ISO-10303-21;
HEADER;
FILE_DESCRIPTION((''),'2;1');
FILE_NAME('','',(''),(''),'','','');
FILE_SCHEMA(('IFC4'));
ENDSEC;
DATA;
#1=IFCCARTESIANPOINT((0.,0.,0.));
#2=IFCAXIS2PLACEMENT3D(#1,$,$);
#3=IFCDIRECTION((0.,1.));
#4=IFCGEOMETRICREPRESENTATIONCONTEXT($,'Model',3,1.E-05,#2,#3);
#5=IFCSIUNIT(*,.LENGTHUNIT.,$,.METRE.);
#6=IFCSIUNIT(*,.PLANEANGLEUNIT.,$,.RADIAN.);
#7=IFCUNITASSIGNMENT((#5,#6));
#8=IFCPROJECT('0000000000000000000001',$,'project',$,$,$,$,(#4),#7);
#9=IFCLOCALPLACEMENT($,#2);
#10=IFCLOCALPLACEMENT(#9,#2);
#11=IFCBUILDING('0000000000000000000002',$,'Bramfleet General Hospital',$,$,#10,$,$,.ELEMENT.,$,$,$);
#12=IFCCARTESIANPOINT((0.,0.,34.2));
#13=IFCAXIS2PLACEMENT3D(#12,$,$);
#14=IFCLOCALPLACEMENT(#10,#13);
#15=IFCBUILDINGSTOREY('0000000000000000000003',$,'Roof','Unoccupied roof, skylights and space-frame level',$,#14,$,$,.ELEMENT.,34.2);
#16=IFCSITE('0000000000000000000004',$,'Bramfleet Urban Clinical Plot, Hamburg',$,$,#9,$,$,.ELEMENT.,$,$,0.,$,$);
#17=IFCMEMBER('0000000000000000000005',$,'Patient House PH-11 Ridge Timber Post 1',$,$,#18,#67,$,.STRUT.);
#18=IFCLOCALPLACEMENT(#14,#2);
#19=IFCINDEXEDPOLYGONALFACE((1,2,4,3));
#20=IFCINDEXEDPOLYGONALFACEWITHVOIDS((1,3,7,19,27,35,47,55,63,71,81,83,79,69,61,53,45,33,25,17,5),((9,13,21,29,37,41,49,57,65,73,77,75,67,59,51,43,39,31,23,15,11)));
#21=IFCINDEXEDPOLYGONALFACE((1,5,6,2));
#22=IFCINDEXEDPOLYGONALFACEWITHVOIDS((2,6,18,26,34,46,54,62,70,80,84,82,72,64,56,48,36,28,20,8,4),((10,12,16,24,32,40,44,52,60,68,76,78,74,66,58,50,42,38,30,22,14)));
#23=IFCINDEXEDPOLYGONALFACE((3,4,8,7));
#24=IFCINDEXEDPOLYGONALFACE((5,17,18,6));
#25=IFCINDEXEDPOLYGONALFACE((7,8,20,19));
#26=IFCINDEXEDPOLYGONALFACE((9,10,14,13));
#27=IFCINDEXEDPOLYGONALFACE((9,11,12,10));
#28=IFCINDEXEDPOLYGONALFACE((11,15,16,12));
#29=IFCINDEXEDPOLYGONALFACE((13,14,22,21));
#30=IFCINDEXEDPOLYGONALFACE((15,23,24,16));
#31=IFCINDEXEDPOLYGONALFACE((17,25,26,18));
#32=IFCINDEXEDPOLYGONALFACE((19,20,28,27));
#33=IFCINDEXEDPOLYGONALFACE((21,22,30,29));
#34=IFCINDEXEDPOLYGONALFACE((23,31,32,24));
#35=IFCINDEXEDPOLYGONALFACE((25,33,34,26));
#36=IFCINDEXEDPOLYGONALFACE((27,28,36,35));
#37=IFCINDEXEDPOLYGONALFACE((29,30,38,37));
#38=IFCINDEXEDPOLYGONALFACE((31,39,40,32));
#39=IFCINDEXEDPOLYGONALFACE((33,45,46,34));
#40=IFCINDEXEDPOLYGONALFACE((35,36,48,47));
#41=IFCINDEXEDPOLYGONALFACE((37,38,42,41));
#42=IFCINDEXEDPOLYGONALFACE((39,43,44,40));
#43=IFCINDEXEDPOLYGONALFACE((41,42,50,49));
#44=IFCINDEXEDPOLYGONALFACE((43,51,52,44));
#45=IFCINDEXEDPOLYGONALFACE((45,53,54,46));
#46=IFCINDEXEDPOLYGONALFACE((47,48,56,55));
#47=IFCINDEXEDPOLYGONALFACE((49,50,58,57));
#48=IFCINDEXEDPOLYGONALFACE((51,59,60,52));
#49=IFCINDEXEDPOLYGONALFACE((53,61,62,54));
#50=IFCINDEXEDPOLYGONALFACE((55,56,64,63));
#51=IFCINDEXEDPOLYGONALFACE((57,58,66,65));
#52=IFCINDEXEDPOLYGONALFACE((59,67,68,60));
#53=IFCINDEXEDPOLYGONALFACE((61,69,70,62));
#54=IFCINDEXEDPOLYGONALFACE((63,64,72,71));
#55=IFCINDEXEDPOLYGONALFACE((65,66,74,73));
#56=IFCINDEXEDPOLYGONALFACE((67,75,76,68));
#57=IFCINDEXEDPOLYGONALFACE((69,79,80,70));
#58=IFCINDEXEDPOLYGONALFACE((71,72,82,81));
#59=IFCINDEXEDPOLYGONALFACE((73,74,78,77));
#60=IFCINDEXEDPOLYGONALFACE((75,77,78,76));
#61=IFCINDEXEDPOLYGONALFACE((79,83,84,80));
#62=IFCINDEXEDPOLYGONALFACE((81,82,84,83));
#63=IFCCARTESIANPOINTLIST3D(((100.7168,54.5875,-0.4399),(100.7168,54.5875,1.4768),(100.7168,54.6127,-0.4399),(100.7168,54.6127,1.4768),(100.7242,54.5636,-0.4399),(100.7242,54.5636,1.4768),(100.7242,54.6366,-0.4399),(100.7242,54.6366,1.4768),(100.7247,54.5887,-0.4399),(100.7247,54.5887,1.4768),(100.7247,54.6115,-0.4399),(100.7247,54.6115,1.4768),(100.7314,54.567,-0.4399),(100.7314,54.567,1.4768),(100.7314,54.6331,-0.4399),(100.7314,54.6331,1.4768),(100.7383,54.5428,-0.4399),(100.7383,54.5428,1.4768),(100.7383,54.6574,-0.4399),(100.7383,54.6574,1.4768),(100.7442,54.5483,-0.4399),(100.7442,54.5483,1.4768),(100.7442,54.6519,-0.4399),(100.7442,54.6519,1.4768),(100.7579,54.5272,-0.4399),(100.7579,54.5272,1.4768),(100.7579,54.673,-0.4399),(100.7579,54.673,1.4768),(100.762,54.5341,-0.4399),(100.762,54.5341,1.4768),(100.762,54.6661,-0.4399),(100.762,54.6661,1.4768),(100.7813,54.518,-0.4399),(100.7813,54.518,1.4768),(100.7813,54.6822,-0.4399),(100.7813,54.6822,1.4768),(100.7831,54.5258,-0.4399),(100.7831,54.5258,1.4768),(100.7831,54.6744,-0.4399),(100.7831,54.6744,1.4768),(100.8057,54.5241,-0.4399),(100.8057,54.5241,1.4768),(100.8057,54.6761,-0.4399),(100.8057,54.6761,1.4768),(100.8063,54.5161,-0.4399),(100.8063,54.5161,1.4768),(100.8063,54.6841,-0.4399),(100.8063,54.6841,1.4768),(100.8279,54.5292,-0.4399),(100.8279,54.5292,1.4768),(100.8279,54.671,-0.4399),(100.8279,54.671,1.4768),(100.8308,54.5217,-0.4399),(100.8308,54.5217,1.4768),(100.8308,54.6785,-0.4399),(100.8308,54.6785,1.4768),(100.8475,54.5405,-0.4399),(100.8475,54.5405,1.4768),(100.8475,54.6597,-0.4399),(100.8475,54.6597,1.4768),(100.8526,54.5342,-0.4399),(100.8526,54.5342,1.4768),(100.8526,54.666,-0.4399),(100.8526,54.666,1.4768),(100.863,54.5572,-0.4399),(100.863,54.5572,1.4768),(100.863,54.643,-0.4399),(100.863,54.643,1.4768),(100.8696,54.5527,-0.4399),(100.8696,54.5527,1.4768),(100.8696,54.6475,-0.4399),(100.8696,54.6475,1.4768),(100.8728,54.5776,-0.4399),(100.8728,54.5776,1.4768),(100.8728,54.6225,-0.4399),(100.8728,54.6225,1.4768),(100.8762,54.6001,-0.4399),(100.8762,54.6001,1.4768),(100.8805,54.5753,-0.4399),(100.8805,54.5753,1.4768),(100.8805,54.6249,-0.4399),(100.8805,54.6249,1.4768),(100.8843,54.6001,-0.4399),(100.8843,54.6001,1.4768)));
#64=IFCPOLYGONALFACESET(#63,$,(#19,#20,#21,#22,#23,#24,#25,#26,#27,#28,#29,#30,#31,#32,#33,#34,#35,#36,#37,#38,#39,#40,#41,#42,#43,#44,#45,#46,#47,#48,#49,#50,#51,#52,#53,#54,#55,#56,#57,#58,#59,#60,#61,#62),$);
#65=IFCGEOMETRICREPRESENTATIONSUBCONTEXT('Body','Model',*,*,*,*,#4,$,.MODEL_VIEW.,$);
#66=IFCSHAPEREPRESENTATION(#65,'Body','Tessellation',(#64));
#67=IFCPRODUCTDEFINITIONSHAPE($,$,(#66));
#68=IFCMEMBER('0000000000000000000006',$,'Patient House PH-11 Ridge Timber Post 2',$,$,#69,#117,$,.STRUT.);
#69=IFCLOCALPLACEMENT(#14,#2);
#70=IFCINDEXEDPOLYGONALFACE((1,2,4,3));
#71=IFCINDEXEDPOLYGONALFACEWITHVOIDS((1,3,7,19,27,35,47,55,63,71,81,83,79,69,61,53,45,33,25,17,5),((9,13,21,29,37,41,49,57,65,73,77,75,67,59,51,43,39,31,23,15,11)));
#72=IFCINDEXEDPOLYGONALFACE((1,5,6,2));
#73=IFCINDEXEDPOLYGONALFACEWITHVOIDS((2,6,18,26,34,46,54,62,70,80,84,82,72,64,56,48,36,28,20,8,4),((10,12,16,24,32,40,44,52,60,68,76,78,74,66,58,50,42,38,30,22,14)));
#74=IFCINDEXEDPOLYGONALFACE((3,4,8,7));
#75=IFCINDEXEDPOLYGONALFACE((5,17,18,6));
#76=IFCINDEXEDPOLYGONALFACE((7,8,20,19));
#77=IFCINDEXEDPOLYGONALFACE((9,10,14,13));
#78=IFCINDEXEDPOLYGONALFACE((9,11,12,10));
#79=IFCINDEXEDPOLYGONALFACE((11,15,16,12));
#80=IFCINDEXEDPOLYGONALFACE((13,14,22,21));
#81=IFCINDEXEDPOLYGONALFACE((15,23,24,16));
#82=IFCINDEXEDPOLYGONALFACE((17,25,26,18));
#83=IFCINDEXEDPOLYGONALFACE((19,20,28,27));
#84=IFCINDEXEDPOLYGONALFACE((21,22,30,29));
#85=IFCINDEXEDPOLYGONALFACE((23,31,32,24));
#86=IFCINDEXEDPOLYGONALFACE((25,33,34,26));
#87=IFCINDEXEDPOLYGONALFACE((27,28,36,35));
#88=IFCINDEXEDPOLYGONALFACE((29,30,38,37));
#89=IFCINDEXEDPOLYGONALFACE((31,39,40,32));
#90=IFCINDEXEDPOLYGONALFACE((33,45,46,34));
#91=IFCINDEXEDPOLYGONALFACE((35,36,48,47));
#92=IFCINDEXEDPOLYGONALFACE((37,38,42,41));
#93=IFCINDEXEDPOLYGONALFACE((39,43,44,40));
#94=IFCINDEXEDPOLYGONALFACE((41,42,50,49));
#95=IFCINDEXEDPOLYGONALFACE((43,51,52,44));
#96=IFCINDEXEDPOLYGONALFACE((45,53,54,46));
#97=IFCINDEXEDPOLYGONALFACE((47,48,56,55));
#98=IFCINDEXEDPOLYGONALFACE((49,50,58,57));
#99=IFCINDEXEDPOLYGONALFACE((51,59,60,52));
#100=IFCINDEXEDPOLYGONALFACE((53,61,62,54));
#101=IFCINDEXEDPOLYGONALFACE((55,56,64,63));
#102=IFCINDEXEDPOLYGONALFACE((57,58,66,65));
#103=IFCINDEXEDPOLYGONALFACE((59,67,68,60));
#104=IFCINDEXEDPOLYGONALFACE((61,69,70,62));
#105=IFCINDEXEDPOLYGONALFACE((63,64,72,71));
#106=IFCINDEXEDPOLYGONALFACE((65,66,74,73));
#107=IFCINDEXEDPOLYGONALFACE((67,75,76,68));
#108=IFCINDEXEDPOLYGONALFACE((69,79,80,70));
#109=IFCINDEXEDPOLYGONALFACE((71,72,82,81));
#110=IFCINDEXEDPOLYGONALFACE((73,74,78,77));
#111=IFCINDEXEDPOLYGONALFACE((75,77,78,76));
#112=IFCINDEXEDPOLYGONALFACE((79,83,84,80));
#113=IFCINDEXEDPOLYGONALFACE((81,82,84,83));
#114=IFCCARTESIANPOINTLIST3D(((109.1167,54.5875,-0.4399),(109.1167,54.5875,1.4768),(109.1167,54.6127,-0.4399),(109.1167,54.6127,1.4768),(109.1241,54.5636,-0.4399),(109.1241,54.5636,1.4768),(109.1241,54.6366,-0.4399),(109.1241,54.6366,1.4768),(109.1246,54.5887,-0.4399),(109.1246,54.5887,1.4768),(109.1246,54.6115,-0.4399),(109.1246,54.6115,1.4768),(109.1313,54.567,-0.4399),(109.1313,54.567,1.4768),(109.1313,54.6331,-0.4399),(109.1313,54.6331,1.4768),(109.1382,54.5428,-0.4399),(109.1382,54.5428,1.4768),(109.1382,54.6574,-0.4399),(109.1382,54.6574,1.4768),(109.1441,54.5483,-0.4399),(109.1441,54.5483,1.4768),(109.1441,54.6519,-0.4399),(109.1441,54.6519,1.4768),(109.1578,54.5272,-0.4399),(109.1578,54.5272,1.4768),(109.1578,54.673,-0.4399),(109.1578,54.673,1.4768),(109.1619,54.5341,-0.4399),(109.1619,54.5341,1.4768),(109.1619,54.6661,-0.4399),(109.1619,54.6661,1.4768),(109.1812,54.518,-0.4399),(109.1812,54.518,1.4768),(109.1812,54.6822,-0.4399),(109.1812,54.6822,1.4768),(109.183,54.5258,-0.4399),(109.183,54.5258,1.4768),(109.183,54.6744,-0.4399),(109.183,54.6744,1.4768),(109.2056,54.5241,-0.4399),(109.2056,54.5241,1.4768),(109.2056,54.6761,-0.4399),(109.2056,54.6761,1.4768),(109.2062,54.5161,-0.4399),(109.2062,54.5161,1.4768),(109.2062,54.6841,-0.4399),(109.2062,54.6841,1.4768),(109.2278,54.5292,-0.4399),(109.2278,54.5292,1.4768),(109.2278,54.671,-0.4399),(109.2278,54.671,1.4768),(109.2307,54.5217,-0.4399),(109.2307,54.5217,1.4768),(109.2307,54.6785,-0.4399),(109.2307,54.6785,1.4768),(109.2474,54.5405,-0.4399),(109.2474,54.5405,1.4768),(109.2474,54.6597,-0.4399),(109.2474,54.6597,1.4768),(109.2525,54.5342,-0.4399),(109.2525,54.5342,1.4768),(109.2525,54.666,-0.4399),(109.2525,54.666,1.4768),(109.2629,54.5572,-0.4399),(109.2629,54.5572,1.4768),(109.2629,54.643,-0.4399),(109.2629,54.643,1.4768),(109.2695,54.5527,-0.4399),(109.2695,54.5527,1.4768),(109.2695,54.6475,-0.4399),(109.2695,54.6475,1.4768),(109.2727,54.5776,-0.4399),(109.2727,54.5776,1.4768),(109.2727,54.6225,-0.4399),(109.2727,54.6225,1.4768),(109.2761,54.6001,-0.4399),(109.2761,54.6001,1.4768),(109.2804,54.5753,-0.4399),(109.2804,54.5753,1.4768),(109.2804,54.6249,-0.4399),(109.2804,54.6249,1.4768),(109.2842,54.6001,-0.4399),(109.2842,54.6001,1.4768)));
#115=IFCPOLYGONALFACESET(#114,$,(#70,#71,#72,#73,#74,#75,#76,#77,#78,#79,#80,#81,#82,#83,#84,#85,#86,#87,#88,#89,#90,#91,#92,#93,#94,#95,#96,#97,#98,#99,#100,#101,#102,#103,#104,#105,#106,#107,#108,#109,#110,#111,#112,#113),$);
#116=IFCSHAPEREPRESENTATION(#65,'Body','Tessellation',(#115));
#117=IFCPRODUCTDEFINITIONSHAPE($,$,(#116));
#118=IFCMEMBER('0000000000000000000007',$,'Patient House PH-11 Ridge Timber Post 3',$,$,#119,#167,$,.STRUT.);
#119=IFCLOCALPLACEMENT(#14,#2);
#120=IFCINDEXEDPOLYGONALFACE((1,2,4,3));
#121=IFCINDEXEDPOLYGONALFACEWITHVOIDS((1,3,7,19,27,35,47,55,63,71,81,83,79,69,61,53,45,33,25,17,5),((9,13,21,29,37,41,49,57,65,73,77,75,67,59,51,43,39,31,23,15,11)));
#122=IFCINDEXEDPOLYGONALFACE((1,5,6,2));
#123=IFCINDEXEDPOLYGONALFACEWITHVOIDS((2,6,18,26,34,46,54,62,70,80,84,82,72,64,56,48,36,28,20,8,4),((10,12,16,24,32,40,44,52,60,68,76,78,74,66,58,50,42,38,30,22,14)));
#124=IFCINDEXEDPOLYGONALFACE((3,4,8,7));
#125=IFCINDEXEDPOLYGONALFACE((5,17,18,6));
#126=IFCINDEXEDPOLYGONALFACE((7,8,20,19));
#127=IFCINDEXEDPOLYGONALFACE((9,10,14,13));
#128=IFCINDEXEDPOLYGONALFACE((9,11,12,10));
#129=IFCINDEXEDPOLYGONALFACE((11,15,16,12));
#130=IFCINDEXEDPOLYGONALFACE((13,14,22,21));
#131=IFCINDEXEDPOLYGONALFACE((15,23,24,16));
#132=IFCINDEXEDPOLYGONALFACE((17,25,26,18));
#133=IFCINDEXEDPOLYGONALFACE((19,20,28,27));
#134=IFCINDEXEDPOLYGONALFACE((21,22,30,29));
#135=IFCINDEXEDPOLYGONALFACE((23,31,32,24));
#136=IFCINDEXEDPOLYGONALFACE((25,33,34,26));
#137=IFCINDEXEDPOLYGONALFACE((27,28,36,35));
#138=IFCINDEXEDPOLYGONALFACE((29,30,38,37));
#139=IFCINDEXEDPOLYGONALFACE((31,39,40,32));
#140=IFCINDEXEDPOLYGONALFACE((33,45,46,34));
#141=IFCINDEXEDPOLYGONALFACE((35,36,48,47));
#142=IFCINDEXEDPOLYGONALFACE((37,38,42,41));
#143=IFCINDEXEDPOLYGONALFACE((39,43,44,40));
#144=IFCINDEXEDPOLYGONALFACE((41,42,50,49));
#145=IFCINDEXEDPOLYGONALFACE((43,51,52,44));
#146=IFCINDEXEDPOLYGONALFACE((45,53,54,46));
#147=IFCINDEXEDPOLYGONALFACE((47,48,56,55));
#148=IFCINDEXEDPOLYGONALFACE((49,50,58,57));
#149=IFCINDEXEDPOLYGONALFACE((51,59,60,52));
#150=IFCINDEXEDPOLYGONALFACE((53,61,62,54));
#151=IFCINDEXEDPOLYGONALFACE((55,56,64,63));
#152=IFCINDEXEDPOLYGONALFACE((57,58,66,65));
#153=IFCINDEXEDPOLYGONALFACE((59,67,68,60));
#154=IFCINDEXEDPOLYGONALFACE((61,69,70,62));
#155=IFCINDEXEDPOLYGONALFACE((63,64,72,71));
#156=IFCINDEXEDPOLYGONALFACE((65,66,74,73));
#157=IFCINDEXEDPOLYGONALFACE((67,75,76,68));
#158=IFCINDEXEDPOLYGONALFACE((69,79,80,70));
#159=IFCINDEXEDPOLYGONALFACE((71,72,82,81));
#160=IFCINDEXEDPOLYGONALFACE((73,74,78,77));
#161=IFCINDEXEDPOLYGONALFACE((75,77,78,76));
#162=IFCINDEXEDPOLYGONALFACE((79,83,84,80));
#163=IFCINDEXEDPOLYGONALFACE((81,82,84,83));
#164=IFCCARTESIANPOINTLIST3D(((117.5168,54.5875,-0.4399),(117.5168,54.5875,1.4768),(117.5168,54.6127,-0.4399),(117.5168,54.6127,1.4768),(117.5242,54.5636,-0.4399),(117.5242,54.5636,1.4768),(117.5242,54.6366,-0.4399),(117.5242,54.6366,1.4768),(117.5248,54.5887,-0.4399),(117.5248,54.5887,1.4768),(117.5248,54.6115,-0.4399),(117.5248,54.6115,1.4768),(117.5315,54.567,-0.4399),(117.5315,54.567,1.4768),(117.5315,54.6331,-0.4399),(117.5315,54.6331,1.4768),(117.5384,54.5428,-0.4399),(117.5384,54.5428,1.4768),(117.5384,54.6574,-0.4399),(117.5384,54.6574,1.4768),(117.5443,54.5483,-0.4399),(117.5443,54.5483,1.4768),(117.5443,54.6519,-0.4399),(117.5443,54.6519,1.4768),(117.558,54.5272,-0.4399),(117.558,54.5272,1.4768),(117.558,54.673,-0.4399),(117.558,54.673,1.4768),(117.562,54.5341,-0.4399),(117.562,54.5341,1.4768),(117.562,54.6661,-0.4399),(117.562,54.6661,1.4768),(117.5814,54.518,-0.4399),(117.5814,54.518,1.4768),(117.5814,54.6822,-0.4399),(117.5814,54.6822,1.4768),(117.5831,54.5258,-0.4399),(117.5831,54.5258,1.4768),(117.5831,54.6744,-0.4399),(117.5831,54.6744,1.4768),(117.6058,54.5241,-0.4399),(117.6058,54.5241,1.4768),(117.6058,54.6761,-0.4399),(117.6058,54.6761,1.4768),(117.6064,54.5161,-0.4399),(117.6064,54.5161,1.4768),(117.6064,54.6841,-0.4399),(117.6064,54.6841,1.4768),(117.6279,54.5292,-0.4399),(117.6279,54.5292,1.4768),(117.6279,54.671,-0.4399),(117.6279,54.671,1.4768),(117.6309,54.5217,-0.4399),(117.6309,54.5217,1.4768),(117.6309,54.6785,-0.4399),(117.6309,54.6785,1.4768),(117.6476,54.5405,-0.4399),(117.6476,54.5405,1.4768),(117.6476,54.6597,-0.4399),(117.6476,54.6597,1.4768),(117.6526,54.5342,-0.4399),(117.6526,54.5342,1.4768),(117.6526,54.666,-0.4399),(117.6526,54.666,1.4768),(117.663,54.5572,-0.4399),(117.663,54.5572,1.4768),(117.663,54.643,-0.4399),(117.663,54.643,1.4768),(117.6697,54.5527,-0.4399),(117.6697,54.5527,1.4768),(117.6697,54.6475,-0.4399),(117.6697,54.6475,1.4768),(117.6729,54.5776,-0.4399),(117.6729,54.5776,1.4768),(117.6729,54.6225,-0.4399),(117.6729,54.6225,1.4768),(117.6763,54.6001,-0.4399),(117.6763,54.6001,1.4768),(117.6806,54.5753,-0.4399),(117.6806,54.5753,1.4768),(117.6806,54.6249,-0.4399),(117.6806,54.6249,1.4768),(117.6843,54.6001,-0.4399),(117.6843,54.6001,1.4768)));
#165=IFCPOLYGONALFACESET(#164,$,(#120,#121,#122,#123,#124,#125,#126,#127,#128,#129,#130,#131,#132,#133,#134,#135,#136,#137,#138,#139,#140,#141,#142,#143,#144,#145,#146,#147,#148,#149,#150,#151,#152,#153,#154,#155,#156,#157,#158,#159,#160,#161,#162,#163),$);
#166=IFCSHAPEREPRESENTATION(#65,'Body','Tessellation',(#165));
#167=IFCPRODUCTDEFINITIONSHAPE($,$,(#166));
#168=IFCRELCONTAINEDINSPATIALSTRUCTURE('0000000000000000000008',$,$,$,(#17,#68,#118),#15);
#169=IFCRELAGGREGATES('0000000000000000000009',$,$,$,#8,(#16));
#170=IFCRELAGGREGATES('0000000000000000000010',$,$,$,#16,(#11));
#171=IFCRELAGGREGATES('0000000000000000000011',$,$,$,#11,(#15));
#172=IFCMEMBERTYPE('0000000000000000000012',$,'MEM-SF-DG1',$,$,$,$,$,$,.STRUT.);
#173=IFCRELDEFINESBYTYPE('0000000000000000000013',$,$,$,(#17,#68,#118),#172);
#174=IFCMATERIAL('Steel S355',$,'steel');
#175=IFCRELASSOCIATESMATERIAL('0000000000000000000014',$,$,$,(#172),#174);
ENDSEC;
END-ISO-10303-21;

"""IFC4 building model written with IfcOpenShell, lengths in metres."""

from ifc_helpers import new_model, si_unit, direction, frame, origin, origin_2d, place, context, subcontext, project, spatial, hollow_circle, extrude, material, material_profile, profile_set, type_object, element, save


model = new_model("IFC4")

# Units and contexts
model_context = context("Model", 3, precision=1e-05, world=origin(), true_north=direction((0.0, 1.0)))
body_context = subcontext(model_context, "Body", "Model", "MODEL_VIEW")
ifc_project = project(units=[si_unit("LENGTHUNIT", "METRE"), si_unit("PLANEANGLEUNIT", "RADIAN")], contexts=[model_context])

# Site, building, storey
site_placement = place(None, origin())
site = spatial("IfcSite", under=ifc_project, at=site_placement, Name="Bramfleet Urban Clinical Plot, Hamburg", CompositionType="ELEMENT", RefElevation=0.0)
building_placement = place(site_placement, origin())
building = spatial("IfcBuilding", under=site, at=building_placement, Name="Bramfleet General Hospital", CompositionType="ELEMENT")
storey_placement = place(building_placement, frame((0.0, 0.0, 34.2)))
storey = spatial("IfcBuildingStorey", under=building, at=storey_placement, Name="Roof", Description="Unoccupied roof, skylights and space-frame level", CompositionType="ELEMENT", Elevation=34.2)

# Members
ifc_material_1 = material(Name="Steel S355", Category="steel")
ifc_material_profile_1 = material_profile(ifc_material_1, hollow_circle(Radius=0.0842, WallThickness=0.0081, at=origin_2d()), Name="CHS 168.3x8.0")
ifc_profile_set_1 = profile_set([ifc_material_profile_1], Name="Steel S355")
member_type_1 = type_object("IfcMemberType", Name="MEM-SF-DG1", PredefinedType="STRUT", material=ifc_profile_set_1)
for number, where, z_axis, x_axis, name in (
    (1, (100.8, 54.6001, -0.4399), (0.0, 0.0, 1.0), (1.0, 0.0, 0.0), "Patient House PH-11 Ridge Timber Post 1"),
    (2, (109.2, 54.6001, -0.4399), (0.0, 0.0, 1.0), (1.0, 0.0, 0.0), "Patient House PH-11 Ridge Timber Post 2"),
    (3, (117.6001, 54.6001, -0.4399), (0.0, 0.0, 1.0), (1.0, 0.0, 0.0), "Patient House PH-11 Ridge Timber Post 3"),
):
    element("IfcMember", number, at=place(storey_placement, frame(where, z_axis=z_axis, x_axis=x_axis)), inside=storey, type_object=member_type_1, Name=name, PredefinedType="STRUT", context=body_context, shape_type="SweptSolid", body=[
        extrude(hollow_circle(Radius=0.0842, WallThickness=0.0081, at=origin_2d()), origin(), (0.0, 0.0, 1.0), 1.9167),
    ])

save(model, "model.ifc")
